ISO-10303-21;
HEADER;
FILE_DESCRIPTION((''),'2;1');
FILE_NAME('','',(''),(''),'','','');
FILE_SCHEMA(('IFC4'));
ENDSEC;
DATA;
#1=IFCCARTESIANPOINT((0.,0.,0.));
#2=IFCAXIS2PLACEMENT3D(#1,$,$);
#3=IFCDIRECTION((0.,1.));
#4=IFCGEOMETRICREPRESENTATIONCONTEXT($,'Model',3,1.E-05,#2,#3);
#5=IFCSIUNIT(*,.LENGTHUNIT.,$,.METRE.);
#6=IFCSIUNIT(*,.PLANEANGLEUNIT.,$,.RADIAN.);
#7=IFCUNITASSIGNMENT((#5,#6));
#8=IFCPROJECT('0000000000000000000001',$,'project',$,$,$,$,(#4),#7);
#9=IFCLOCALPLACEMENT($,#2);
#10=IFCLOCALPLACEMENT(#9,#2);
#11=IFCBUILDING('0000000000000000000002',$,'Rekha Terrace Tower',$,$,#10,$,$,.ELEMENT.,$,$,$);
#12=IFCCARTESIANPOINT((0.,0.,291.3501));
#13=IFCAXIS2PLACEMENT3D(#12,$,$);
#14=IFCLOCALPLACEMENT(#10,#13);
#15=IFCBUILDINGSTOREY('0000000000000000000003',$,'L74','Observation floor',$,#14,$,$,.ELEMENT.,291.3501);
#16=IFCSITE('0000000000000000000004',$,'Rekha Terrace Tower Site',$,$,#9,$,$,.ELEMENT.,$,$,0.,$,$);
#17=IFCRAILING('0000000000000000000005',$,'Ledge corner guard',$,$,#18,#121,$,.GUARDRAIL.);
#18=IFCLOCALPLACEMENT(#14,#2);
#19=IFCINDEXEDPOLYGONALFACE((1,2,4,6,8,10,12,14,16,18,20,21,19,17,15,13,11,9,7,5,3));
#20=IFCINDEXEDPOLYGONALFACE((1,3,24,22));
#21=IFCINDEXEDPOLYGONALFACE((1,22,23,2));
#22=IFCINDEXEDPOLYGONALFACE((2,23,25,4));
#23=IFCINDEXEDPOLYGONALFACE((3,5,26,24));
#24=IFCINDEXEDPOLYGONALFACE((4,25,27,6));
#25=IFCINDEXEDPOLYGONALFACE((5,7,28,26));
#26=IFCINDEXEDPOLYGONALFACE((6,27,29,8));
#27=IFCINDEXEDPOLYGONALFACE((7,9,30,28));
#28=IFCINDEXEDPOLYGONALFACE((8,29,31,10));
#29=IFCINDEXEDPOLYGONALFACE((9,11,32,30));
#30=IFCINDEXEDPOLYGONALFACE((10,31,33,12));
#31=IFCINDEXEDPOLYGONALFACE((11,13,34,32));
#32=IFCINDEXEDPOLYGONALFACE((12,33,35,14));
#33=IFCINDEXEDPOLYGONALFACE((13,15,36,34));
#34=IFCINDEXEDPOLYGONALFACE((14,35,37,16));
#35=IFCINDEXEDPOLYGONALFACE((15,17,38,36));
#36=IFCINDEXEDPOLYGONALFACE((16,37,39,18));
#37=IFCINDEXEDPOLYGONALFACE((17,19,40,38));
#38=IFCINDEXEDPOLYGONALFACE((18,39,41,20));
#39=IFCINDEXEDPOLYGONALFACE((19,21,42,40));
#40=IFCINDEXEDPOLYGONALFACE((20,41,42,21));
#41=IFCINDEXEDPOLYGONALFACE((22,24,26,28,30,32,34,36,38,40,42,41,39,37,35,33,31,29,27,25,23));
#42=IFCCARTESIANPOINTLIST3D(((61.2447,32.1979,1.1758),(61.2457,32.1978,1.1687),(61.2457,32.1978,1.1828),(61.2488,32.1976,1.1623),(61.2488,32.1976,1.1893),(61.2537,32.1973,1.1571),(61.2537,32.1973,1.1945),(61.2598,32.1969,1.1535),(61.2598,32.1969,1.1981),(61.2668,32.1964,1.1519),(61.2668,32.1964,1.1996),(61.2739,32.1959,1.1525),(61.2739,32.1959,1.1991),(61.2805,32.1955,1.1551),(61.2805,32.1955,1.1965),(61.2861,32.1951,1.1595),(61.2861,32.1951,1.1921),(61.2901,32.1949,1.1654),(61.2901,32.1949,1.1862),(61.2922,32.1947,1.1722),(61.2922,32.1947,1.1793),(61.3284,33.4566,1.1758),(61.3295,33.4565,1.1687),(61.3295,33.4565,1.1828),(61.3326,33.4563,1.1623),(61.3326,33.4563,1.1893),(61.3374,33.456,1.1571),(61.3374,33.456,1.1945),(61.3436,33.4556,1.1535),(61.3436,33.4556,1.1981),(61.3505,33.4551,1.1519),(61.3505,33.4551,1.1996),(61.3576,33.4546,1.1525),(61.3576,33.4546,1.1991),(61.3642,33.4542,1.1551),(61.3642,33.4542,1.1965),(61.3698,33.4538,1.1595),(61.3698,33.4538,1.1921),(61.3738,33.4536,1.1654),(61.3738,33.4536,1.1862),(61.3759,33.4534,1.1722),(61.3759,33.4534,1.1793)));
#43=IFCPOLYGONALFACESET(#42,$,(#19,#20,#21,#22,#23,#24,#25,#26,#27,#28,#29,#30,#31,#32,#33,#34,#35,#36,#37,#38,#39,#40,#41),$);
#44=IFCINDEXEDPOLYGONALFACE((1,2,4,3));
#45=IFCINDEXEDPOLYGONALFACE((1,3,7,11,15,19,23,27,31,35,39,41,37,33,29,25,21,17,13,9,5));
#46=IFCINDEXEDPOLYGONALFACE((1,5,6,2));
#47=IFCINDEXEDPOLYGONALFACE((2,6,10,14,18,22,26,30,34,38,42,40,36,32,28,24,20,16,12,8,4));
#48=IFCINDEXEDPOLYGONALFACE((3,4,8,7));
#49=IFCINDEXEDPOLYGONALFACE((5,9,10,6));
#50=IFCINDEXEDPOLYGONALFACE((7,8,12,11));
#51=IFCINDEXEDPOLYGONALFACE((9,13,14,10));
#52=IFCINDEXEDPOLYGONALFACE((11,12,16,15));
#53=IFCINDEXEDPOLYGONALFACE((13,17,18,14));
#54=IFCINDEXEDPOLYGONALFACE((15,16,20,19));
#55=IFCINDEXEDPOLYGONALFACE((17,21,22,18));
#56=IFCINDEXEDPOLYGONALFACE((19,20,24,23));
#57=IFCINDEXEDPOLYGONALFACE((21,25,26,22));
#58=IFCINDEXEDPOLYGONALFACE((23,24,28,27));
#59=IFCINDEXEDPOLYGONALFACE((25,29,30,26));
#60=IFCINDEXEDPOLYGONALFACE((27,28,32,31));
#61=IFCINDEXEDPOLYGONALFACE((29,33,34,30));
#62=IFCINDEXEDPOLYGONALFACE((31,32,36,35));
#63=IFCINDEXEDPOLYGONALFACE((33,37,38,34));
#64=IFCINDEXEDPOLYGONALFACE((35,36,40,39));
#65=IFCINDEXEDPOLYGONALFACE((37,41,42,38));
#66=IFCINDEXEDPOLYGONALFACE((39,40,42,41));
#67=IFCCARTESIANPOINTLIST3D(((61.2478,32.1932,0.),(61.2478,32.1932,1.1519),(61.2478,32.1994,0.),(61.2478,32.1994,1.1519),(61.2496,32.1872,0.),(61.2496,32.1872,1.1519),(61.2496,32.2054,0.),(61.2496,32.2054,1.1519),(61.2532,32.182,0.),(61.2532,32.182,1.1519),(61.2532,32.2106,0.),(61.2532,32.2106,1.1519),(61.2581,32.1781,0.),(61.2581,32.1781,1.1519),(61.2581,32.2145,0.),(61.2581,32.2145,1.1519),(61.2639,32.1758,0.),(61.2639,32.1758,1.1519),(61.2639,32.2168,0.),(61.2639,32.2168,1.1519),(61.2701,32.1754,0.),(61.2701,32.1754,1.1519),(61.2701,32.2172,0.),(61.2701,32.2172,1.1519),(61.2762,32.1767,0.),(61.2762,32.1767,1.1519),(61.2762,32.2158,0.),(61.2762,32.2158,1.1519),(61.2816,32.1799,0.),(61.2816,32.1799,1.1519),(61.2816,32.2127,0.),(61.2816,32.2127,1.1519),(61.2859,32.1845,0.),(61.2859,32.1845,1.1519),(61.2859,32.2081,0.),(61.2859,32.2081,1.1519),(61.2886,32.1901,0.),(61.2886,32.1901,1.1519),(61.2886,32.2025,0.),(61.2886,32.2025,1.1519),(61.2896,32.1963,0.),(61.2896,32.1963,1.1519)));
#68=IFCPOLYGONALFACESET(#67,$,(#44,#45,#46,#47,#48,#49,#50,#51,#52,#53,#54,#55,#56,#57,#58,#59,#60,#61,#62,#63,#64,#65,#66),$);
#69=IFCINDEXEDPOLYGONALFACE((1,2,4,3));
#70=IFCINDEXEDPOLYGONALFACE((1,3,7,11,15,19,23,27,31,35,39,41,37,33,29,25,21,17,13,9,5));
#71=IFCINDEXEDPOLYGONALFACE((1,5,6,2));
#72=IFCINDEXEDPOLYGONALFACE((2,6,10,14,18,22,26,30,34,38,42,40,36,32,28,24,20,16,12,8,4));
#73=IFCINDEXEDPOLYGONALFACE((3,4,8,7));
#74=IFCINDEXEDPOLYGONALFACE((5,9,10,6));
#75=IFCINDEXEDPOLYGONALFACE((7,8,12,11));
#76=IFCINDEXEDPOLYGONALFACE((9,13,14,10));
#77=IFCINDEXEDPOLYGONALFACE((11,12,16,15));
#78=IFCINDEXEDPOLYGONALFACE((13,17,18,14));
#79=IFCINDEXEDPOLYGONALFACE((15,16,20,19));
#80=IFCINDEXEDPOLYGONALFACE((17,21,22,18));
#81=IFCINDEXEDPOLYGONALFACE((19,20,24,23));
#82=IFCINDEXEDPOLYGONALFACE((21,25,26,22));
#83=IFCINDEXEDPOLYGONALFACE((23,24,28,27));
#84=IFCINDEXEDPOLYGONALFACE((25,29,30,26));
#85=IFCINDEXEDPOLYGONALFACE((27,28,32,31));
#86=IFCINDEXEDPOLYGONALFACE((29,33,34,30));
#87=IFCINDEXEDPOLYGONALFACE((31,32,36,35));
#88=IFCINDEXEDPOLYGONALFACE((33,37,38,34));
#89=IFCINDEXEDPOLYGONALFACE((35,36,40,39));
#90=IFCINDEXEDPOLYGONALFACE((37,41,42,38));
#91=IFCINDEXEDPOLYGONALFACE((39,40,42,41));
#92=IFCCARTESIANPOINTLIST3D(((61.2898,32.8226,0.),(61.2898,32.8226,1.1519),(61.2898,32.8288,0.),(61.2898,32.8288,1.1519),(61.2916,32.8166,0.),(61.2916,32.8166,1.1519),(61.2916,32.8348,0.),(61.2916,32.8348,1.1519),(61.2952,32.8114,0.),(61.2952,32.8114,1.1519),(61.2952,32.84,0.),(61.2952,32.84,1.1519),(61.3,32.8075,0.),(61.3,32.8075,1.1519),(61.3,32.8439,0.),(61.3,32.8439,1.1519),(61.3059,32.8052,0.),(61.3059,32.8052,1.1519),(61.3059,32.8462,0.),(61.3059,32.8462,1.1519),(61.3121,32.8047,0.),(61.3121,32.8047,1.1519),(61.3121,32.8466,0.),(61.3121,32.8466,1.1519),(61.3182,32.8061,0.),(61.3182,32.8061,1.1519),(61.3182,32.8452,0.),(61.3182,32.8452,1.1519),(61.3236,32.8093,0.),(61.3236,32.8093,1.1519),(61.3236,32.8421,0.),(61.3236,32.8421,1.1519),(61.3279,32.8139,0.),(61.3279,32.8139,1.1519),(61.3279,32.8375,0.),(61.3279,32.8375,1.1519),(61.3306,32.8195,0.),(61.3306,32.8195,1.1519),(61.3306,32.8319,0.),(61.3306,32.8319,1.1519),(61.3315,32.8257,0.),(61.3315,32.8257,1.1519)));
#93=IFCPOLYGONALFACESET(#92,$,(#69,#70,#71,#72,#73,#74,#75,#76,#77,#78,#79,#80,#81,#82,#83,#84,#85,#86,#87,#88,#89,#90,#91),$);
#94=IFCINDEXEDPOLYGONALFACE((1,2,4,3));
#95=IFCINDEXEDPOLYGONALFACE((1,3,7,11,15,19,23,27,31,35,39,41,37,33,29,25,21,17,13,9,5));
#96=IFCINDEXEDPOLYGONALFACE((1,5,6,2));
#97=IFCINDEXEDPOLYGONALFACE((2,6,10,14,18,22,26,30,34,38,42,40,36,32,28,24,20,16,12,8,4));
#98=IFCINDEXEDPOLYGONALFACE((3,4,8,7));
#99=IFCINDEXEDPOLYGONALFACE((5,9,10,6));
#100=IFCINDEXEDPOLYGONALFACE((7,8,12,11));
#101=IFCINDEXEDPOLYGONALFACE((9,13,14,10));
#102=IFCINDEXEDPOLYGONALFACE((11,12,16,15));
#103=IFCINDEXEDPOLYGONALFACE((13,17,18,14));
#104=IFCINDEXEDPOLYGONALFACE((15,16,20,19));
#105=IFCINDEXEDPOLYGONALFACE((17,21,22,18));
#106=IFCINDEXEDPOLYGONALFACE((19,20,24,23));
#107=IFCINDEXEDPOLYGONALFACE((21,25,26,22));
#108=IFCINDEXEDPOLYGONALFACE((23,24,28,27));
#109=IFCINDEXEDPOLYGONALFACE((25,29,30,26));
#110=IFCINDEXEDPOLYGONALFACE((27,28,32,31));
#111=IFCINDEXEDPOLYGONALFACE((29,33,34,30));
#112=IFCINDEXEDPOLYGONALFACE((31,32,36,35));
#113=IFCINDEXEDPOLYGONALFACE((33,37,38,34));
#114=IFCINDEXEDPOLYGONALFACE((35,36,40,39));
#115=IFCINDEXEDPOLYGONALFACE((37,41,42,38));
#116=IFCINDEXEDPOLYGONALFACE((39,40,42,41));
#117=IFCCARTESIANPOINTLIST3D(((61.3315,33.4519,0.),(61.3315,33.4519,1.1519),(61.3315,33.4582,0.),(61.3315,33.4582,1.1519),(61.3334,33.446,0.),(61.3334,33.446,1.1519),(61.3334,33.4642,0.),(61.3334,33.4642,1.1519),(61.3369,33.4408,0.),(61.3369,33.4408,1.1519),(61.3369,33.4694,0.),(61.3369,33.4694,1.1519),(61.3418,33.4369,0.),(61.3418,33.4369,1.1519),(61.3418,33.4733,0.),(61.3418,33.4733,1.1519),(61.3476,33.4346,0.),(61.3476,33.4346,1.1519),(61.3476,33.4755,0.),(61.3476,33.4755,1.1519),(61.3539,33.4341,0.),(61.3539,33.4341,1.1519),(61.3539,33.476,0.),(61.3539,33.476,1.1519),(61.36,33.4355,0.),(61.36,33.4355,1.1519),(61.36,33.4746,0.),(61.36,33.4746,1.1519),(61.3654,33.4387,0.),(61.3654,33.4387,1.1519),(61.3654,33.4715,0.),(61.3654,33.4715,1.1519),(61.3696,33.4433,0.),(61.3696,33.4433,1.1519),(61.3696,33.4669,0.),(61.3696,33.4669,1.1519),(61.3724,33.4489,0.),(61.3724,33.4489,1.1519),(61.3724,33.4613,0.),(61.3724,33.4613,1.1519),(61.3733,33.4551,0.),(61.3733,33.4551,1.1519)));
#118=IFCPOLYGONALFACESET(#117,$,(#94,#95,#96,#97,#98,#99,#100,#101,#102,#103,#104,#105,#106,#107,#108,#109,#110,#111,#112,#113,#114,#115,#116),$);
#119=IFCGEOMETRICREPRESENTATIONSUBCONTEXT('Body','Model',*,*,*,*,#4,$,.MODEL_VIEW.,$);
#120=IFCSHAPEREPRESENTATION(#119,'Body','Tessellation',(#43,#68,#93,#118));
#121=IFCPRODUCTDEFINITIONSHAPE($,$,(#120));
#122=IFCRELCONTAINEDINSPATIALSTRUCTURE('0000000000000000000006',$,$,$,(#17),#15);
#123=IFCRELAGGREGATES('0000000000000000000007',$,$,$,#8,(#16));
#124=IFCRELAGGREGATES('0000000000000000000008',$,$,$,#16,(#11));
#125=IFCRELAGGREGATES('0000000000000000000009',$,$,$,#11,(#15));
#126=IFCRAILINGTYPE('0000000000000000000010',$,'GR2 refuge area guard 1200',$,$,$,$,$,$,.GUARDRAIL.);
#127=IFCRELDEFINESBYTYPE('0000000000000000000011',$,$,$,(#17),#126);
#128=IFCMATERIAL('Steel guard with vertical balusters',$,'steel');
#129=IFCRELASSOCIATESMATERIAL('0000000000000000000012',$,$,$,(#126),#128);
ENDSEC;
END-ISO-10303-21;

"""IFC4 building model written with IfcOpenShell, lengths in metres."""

from ifc_helpers import new_model, si_unit, direction, frame, origin, origin_2d, place, context, subcontext, project, spatial, circle, extrude, material, type_object, element, save


model = new_model("IFC4")

# Units and contexts
model_context = context("Model", 3, precision=1e-05, world=origin(), true_north=direction((0.0, 1.0)))
body_context = subcontext(model_context, "Body", "Model", "MODEL_VIEW")
ifc_project = project(units=[si_unit("LENGTHUNIT", "METRE"), si_unit("PLANEANGLEUNIT", "RADIAN")], contexts=[model_context])

# Site, building, storey
site_placement = place(None, origin())
site = spatial("IfcSite", under=ifc_project, at=site_placement, Name="Rekha Terrace Tower Site", CompositionType="ELEMENT", RefElevation=0.0)
building_placement = place(site_placement, origin())
building = spatial("IfcBuilding", under=site, at=building_placement, Name="Rekha Terrace Tower", CompositionType="ELEMENT")
storey_placement = place(building_placement, frame((0.0, 0.0, 291.3501)))
storey = spatial("IfcBuildingStorey", under=building, at=storey_placement, Name="L74", Description="Observation floor", CompositionType="ELEMENT", Elevation=291.3501)

# Railing
ifc_material_1 = material(Name="Steel guard with vertical balusters", Category="steel")
railing_type_1 = type_object("IfcRailingType", Name="GR2 refuge area guard 1200", PredefinedType="GUARDRAIL", material=ifc_material_1)
railing_1_placement = place(storey_placement, frame((61.2686, 32.1963, 0.0)))
element("IfcRailing", 1, at=railing_1_placement, inside=storey, type_object=railing_type_1, Name="Ledge corner guard", PredefinedType="GUARDRAIL", context=body_context, shape_type="SweptSolid", body=[
    extrude(circle(Radius=0.0239, at=origin_2d()), frame((0.0, 0.0, 1.1758), z_axis=(0.066378, 0.997795, 0.0), x_axis=(-0.997795, 0.066378, 0.0)), (0.0, 0.0, 1.0), 1.2615),
    extrude(circle(Radius=0.021, at=origin_2d()), origin(), (0.0, 0.0, 1.0), 1.1519),
    extrude(circle(Radius=0.021, at=origin_2d()), frame((0.042, 0.6294, 0.0)), (0.0, 0.0, 1.0), 1.1519),
    extrude(circle(Radius=0.021, at=origin_2d()), frame((0.0837, 1.2588, 0.0)), (0.0, 0.0, 1.0), 1.1519),
])

save(model, "model.ifc")
